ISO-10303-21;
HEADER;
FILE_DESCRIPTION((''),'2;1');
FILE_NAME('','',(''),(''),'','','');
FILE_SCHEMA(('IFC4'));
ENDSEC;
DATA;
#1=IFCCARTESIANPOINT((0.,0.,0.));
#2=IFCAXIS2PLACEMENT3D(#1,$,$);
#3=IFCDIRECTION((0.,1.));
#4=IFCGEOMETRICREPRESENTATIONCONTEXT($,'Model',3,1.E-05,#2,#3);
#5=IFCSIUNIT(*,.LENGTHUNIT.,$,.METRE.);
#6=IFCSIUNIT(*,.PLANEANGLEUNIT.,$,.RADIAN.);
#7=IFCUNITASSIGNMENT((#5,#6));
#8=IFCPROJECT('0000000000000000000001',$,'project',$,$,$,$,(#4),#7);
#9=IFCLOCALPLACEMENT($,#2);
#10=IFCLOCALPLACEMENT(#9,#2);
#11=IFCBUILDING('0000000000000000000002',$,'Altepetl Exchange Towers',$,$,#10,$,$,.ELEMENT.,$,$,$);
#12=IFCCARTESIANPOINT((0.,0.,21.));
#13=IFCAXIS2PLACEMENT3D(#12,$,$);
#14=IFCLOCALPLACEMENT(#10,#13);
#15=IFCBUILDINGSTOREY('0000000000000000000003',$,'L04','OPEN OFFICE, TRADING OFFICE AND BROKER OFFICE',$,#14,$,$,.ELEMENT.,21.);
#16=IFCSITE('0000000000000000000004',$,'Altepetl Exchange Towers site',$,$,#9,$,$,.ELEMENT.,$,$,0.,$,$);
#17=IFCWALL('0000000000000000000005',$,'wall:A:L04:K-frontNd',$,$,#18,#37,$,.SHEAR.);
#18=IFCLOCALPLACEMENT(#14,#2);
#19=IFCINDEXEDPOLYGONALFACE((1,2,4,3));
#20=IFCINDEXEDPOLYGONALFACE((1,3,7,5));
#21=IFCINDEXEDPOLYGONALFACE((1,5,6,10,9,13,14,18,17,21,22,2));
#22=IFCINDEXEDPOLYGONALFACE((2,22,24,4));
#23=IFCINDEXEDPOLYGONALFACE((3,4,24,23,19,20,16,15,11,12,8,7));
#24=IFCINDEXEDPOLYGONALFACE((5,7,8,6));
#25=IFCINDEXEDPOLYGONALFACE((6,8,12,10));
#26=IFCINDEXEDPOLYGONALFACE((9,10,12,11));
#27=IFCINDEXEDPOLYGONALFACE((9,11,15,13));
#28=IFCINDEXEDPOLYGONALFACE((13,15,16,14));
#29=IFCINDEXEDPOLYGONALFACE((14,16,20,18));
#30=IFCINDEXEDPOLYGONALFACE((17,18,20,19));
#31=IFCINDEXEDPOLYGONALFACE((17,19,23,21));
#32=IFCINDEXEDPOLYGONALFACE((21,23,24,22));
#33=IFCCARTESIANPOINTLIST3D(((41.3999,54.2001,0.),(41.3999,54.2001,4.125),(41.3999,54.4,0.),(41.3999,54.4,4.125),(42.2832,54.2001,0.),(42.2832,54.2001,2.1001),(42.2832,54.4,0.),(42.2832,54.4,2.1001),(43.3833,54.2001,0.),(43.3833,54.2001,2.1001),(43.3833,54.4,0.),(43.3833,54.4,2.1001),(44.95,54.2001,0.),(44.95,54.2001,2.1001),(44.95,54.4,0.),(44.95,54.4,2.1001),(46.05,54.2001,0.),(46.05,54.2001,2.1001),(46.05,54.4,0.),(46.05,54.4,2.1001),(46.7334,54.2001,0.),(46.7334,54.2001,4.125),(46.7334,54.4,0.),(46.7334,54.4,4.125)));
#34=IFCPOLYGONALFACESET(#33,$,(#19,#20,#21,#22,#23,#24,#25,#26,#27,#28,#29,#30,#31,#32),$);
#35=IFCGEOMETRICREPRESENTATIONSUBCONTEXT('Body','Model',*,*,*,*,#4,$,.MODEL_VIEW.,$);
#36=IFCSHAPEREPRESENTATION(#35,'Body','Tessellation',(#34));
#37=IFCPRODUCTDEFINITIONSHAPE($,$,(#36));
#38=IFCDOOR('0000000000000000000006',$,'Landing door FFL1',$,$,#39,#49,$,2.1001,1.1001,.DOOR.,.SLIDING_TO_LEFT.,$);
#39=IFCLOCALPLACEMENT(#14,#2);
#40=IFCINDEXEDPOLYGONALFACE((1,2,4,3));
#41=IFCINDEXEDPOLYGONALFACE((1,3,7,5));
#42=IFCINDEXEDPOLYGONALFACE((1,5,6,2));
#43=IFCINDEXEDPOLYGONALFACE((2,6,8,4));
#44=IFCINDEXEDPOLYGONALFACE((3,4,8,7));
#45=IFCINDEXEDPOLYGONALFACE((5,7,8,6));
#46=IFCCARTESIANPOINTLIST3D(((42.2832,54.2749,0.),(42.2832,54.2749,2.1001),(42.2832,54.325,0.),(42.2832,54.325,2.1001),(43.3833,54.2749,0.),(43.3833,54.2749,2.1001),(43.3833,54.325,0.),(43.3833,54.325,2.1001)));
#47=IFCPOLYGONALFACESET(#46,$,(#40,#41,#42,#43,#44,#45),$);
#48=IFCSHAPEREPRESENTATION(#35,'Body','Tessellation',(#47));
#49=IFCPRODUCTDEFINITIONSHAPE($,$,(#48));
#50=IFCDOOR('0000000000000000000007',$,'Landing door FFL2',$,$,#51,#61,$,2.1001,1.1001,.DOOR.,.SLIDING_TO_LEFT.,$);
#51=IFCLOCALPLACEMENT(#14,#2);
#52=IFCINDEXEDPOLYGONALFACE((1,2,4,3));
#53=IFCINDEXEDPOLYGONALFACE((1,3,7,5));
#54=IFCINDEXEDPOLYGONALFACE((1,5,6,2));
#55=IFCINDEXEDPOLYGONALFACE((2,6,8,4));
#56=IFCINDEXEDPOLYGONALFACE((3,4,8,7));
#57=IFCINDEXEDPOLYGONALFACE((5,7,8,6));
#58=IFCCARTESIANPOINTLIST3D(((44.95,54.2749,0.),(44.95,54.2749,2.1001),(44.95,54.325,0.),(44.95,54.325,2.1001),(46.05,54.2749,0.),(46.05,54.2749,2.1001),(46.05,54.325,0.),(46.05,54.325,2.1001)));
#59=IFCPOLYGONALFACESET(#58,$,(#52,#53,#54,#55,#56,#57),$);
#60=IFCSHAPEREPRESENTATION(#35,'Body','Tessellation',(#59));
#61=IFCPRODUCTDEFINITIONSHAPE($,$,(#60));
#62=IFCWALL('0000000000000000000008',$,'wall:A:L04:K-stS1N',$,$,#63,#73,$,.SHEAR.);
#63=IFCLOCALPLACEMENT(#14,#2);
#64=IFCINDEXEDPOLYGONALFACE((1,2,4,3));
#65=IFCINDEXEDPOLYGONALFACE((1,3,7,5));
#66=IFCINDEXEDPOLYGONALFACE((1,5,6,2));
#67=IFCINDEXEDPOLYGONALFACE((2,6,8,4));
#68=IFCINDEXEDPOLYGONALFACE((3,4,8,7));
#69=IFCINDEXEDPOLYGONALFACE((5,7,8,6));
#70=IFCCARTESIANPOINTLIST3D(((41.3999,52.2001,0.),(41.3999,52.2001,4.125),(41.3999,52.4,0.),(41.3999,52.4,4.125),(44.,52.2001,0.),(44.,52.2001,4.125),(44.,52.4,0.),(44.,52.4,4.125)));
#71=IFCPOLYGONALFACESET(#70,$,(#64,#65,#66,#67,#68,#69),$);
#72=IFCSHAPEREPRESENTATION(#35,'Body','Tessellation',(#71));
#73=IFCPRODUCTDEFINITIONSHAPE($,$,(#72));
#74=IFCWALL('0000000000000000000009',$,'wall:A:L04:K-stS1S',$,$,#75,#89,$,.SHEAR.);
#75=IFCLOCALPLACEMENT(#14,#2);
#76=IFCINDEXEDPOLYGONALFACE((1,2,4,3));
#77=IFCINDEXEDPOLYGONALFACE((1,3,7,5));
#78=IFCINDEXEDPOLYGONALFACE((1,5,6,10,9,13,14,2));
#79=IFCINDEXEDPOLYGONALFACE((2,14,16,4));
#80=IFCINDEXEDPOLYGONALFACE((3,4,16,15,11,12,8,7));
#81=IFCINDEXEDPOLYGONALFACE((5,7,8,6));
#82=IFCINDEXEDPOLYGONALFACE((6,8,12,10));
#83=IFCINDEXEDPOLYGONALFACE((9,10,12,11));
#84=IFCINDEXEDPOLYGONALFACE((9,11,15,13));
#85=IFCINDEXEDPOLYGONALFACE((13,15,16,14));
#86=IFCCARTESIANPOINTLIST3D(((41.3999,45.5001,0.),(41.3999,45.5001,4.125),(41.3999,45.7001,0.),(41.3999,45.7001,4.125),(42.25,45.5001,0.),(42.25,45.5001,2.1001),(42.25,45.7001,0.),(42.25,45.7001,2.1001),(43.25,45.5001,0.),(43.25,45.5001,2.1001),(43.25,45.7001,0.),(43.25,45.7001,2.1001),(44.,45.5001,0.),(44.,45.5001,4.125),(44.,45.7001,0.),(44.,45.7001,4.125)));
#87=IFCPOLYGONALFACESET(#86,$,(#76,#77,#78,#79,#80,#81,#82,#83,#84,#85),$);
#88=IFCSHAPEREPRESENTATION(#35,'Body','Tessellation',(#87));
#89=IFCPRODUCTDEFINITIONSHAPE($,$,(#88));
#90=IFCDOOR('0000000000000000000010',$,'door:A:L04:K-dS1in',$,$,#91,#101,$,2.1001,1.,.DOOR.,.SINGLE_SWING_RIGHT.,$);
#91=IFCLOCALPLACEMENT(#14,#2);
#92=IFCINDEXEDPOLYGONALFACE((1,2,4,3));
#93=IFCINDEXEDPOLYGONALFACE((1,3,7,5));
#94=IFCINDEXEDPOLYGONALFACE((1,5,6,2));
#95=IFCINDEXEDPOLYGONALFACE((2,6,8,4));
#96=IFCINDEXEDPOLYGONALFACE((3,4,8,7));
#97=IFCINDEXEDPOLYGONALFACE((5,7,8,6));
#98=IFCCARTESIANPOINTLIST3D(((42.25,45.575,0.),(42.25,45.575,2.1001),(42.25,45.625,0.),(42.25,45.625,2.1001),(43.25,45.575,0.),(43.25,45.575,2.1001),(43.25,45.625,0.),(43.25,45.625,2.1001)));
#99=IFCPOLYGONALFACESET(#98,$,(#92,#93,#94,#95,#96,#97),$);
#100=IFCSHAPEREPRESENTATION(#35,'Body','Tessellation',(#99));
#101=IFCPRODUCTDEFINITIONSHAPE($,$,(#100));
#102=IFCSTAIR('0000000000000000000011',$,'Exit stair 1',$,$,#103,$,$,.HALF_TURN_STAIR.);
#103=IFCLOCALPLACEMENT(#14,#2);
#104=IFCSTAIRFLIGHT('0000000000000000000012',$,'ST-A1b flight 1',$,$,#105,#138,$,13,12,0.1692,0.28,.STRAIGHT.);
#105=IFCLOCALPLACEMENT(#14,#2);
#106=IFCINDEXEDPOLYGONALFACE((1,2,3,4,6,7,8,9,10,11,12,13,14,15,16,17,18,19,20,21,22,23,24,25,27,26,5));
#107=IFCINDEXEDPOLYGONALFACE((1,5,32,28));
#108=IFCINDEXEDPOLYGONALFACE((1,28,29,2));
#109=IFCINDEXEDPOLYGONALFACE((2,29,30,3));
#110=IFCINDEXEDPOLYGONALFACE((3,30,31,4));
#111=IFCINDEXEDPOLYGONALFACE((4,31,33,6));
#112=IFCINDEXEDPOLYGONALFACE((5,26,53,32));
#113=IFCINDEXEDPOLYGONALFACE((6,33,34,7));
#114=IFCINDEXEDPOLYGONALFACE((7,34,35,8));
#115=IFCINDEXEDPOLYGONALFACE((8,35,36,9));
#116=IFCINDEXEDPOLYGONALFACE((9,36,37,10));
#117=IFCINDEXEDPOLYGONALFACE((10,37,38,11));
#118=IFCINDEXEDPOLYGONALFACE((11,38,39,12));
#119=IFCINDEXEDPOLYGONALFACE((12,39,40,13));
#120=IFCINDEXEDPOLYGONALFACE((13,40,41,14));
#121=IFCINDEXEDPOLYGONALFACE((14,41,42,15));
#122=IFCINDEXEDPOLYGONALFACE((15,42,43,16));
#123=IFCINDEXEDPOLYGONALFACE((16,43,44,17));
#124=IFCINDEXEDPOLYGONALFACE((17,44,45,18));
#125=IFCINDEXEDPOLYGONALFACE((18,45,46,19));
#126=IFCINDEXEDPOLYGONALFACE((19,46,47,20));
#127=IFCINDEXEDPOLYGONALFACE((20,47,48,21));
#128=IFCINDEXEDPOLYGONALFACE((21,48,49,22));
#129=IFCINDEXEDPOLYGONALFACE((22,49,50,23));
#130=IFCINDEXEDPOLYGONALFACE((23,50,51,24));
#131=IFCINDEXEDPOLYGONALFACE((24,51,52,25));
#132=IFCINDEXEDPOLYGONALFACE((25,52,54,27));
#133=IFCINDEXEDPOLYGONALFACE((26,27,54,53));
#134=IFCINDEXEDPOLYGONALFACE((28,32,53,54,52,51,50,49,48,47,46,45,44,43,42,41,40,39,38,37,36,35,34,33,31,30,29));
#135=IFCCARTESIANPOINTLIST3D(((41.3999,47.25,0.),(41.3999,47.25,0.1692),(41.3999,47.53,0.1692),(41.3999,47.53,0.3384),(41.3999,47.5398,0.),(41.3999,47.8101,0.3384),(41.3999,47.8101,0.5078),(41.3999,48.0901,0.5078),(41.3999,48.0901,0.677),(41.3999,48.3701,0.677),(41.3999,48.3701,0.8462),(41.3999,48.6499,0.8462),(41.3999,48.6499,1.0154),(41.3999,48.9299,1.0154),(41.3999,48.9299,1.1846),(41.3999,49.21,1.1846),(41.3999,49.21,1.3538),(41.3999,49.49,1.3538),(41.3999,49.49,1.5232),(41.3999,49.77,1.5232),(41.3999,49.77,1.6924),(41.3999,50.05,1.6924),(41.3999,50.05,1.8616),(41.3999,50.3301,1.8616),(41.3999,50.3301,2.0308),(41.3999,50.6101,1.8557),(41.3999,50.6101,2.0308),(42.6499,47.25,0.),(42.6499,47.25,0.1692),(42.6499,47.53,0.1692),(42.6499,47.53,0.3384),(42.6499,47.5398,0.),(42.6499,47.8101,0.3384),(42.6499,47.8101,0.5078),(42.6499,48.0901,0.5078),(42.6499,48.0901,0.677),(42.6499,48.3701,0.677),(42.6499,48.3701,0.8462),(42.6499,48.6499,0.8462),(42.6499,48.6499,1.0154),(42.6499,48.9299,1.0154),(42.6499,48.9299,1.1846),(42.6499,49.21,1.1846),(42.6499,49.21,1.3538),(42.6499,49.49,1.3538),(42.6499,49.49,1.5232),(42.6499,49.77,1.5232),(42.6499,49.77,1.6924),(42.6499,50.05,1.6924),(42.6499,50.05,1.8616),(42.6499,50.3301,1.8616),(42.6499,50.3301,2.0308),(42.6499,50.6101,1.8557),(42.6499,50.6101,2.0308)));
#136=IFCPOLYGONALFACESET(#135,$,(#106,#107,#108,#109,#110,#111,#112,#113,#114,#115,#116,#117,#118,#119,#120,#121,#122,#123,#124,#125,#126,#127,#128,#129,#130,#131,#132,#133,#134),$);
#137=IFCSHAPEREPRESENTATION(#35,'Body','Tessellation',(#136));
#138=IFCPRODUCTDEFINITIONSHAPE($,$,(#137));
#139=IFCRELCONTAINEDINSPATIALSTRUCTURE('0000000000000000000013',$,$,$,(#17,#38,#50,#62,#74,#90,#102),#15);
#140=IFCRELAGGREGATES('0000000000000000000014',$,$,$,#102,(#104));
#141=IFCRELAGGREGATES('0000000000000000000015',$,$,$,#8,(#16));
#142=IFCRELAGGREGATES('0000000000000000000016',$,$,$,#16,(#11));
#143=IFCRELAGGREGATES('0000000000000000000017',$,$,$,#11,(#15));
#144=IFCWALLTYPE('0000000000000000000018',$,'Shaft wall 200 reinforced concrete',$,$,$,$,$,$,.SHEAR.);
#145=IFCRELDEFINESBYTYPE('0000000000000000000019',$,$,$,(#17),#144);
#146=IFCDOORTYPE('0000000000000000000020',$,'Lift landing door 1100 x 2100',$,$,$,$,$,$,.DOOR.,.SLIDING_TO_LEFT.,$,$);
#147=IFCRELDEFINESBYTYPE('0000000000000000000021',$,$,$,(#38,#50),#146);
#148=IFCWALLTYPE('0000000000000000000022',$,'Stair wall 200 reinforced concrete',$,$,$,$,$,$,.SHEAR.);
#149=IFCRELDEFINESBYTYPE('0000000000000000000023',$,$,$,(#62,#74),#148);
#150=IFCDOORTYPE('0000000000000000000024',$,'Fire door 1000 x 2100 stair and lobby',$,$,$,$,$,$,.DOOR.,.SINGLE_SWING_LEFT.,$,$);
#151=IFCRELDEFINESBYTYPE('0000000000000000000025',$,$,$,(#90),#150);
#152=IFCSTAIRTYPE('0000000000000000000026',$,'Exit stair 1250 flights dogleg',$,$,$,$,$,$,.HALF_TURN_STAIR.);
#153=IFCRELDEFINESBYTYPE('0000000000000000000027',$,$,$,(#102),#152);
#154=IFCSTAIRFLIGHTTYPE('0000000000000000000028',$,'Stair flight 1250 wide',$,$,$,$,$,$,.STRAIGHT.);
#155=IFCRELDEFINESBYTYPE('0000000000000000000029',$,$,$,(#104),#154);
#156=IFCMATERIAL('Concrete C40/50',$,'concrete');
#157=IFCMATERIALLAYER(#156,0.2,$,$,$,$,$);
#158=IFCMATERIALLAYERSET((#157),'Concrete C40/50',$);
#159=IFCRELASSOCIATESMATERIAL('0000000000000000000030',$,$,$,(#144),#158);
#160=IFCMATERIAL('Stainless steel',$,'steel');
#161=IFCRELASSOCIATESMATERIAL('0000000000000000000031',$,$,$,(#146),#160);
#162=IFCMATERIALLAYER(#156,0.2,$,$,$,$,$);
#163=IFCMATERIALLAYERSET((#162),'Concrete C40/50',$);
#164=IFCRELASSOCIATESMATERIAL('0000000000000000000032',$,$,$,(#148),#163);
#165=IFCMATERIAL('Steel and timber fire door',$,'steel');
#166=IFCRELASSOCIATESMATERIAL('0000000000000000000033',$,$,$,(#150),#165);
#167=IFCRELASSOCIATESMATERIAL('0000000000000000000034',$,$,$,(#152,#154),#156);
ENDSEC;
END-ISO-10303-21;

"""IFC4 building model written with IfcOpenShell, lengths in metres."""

from ifc_helpers import new_model, si_unit, direction, frame, frame_2d, origin, place, context, subcontext, project, spatial, polyline, rectangle, outline, extrude, material, layer, layer_set, type_object, element, fill, aggregate, save


model = new_model("IFC4")

# Units and contexts
model_context = context("Model", 3, precision=1e-05, world=origin(), true_north=direction((0.0, 1.0)))
body_context = subcontext(model_context, "Body", "Model", "MODEL_VIEW")
ifc_project = project(units=[si_unit("LENGTHUNIT", "METRE"), si_unit("PLANEANGLEUNIT", "RADIAN")], contexts=[model_context])

# Site, building, storey
site_placement = place(None, origin())
site = spatial("IfcSite", under=ifc_project, at=site_placement, Name="Altepetl Exchange Towers site", CompositionType="ELEMENT", RefElevation=0.0)
building_placement = place(site_placement, origin())
building = spatial("IfcBuilding", under=site, at=building_placement, Name="Altepetl Exchange Towers", CompositionType="ELEMENT")
storey_placement = place(building_placement, frame((0.0, 0.0, 21.0)))
storey = spatial("IfcBuildingStorey", under=building, at=storey_placement, Name="L04", Description="OPEN OFFICE, TRADING OFFICE AND BROKER OFFICE", CompositionType="ELEMENT", Elevation=21.0)

# Shared definitions
ifc_material_1 = material(Name="Steel and timber fire door", Category="steel")

# Wall, openings, doors
ifc_material_2 = material(Name="Concrete C40/50", Category="concrete")
ifc_layer_1 = layer(ifc_material_2, 0.2)
ifc_layer_set_1 = layer_set([ifc_layer_1], Name="Concrete C40/50")
wall_type_1 = type_object("IfcWallType", Name="Shaft wall 200 reinforced concrete", PredefinedType="SHEAR", material=ifc_layer_set_1)
wall_1_placement = place(storey_placement, frame((41.3999, 54.3, 0.0)))
wall_1 = element("IfcWall", 1, at=wall_1_placement, inside=storey, type_object=wall_type_1, Name="wall:A:L04:K-frontNd", PredefinedType="SHEAR", context=body_context, shape_type="SweptSolid", body=[
    extrude(rectangle(XDim=5.3335, YDim=0.2, at=frame_2d((2.6667, 0.0))), origin(), (0.0, 0.0, 1.0), 4.125),
])
opening_1_placement = place(wall_1_placement, frame((0.8833, 0.0, 0.0)))
opening_1 = element("IfcOpeningElement", 2, at=opening_1_placement, cuts=wall_1, PredefinedType="OPENING", context=body_context, shape_type="SweptSolid", body=[
    extrude(rectangle(XDim=1.1001, YDim=2.1001, at=frame_2d((0.55, 1.05))), frame((0.0, 0.1099, 0.0), z_axis=(0.0, -1.0, 0.0), x_axis=(1.0, 0.0, 0.0)), (0.0, 0.0, 1.0), 0.22),
])
opening_2_placement = place(wall_1_placement, frame((3.55, 0.0, 0.0)))
opening_2 = element("IfcOpeningElement", 3, at=opening_2_placement, cuts=wall_1, PredefinedType="OPENING", context=body_context, shape_type="SweptSolid", body=[
    extrude(rectangle(XDim=1.1001, YDim=2.1001, at=frame_2d((0.55, 1.05))), frame((0.0, 0.1099, 0.0), z_axis=(0.0, -1.0, 0.0), x_axis=(1.0, 0.0, 0.0)), (0.0, 0.0, 1.0), 0.22),
])
ifc_material_3 = material(Name="Stainless steel", Category="steel")
door_type_1 = type_object("IfcDoorType", Name="Lift landing door 1100 x 2100", OperationType="SLIDING_TO_LEFT", PredefinedType="DOOR", material=ifc_material_3)
door_1_placement = place(opening_1_placement, origin())
door_1 = element("IfcDoor", 4, at=door_1_placement, inside=storey, type_object=door_type_1, Name="Landing door FFL1", OperationType="SLIDING_TO_LEFT", OverallHeight=2.1001, OverallWidth=1.1001, PredefinedType="DOOR", context=body_context, shape_type="SweptSolid", body=[
    extrude(rectangle(XDim=1.1001, YDim=2.1001, at=frame_2d((0.55, 1.05))), frame((0.0, 0.0249, 0.0), z_axis=(0.0, -1.0, 0.0), x_axis=(1.0, 0.0, 0.0)), (0.0, 0.0, 1.0), 0.05),
])
fill(opening_1, door_1)
door_2_placement = place(opening_2_placement, origin())
door_2 = element("IfcDoor", 5, at=door_2_placement, inside=storey, type_object=door_type_1, Name="Landing door FFL2", OperationType="SLIDING_TO_LEFT", OverallHeight=2.1001, OverallWidth=1.1001, PredefinedType="DOOR", context=body_context, shape_type="SweptSolid", body=[
    extrude(rectangle(XDim=1.1001, YDim=2.1001, at=frame_2d((0.55, 1.05))), frame((0.0, 0.0249, 0.0), z_axis=(0.0, -1.0, 0.0), x_axis=(1.0, 0.0, 0.0)), (0.0, 0.0, 1.0), 0.05),
])
fill(opening_2, door_2)

# Wall
ifc_layer_2 = layer(ifc_material_2, 0.2)
ifc_layer_set_2 = layer_set([ifc_layer_2], Name="Concrete C40/50")
wall_type_2 = type_object("IfcWallType", Name="Stair wall 200 reinforced concrete", PredefinedType="SHEAR", material=ifc_layer_set_2)
wall_2_placement = place(storey_placement, frame((41.3999, 52.3, 0.0)))
element("IfcWall", 6, at=wall_2_placement, inside=storey, type_object=wall_type_2, Name="wall:A:L04:K-stS1N", PredefinedType="SHEAR", context=body_context, shape_type="SweptSolid", body=[
    extrude(rectangle(XDim=2.6001, YDim=0.2, at=frame_2d((1.3, 0.0))), origin(), (0.0, 0.0, 1.0), 4.125),
])

# Wall, opening, door
wall_3_placement = place(storey_placement, frame((41.3999, 45.6001, 0.0)))
wall_3 = element("IfcWall", 7, at=wall_3_placement, inside=storey, type_object=wall_type_2, Name="wall:A:L04:K-stS1S", PredefinedType="SHEAR", context=body_context, shape_type="SweptSolid", body=[
    extrude(rectangle(XDim=2.6001, YDim=0.2, at=frame_2d((1.3, 0.0))), origin(), (0.0, 0.0, 1.0), 4.125),
])
opening_3_placement = place(wall_3_placement, frame((0.8501, 0.0, 0.0)))
opening_3 = element("IfcOpeningElement", 8, at=opening_3_placement, cuts=wall_3, PredefinedType="OPENING", context=body_context, shape_type="SweptSolid", body=[
    extrude(rectangle(XDim=1.0, YDim=2.1001, at=frame_2d((0.5, 1.05))), frame((0.0, 0.1099, 0.0), z_axis=(0.0, -1.0, 0.0), x_axis=(1.0, 0.0, 0.0)), (0.0, 0.0, 1.0), 0.22),
])
door_type_2 = type_object("IfcDoorType", Name="Fire door 1000 x 2100 stair and lobby", OperationType="SINGLE_SWING_LEFT", PredefinedType="DOOR", material=ifc_material_1)
door_3_placement = place(opening_3_placement, origin())
door_3 = element("IfcDoor", 9, at=door_3_placement, inside=storey, type_object=door_type_2, Name="door:A:L04:K-dS1in", OperationType="SINGLE_SWING_RIGHT", OverallHeight=2.1001, OverallWidth=1.0, PredefinedType="DOOR", context=body_context, shape_type="SweptSolid", body=[
    extrude(rectangle(XDim=1.0, YDim=2.1001, at=frame_2d((0.5, 1.05))), frame((0.0, 0.0249, 0.0), z_axis=(0.0, -1.0, 0.0), x_axis=(1.0, 0.0, 0.0)), (0.0, 0.0, 1.0), 0.05),
])
fill(opening_3, door_3)

# Stair, stair flight
stair_type = type_object("IfcStairType", Name="Exit stair 1250 flights dogleg", PredefinedType="HALF_TURN_STAIR", material=ifc_material_2)
stair_placement = place(storey_placement, origin())
stair = element("IfcStair", 10, at=stair_placement, inside=storey, type_object=stair_type, Name="Exit stair 1", PredefinedType="HALF_TURN_STAIR")
stair_flight_type = type_object("IfcStairFlightType", Name="Stair flight 1250 wide", PredefinedType="STRAIGHT", material=ifc_material_2)
stair_flight_placement = place(storey_placement, frame((42.0249, 47.25, 0.0), z_axis=(0.0, 0.0, 1.0), x_axis=(0.0, 1.0, 0.0)))
stair_flight = element("IfcStairFlight", 11, at=stair_flight_placement, type_object=stair_flight_type, Name="ST-A1b flight 1", NumberOfRisers=13, NumberOfTreads=12, PredefinedType="STRAIGHT", RiserHeight=0.1692, TreadLength=0.28, context=body_context, shape_type="SweptSolid", body=[
    extrude(outline(polyline([(0.0, 0.0), (0.0, 0.1692), (0.28, 0.1692), (0.28, 0.3384), (0.5601, 0.3384), (0.5601, 0.5078), (0.8401, 0.5078), (0.8401, 0.677), (1.1201, 0.677), (1.1201, 0.8462), (1.3999, 0.8462), (1.3999, 1.0154), (1.6799, 1.0154), (1.6799, 1.1846), (1.96, 1.1846), (1.96, 1.3538), (2.24, 1.3538), (2.24, 1.5232), (2.52, 1.5232), (2.52, 1.6924), (2.8, 1.6924), (2.8, 1.8616), (3.0801, 1.8616), (3.0801, 2.0308), (3.3601, 2.0308), (3.3601, 2.2), (3.3601, 1.8557), (0.2898, 0.0), (0.0, 0.0)])), frame((0.0, 0.625, 0.0), z_axis=(0.0, -1.0, 0.0), x_axis=(1.0, 0.0, 0.0)), (0.0, 0.0, 1.0), 1.25),
])
aggregate(stair, [stair_flight])

save(model, "model.ifc")
